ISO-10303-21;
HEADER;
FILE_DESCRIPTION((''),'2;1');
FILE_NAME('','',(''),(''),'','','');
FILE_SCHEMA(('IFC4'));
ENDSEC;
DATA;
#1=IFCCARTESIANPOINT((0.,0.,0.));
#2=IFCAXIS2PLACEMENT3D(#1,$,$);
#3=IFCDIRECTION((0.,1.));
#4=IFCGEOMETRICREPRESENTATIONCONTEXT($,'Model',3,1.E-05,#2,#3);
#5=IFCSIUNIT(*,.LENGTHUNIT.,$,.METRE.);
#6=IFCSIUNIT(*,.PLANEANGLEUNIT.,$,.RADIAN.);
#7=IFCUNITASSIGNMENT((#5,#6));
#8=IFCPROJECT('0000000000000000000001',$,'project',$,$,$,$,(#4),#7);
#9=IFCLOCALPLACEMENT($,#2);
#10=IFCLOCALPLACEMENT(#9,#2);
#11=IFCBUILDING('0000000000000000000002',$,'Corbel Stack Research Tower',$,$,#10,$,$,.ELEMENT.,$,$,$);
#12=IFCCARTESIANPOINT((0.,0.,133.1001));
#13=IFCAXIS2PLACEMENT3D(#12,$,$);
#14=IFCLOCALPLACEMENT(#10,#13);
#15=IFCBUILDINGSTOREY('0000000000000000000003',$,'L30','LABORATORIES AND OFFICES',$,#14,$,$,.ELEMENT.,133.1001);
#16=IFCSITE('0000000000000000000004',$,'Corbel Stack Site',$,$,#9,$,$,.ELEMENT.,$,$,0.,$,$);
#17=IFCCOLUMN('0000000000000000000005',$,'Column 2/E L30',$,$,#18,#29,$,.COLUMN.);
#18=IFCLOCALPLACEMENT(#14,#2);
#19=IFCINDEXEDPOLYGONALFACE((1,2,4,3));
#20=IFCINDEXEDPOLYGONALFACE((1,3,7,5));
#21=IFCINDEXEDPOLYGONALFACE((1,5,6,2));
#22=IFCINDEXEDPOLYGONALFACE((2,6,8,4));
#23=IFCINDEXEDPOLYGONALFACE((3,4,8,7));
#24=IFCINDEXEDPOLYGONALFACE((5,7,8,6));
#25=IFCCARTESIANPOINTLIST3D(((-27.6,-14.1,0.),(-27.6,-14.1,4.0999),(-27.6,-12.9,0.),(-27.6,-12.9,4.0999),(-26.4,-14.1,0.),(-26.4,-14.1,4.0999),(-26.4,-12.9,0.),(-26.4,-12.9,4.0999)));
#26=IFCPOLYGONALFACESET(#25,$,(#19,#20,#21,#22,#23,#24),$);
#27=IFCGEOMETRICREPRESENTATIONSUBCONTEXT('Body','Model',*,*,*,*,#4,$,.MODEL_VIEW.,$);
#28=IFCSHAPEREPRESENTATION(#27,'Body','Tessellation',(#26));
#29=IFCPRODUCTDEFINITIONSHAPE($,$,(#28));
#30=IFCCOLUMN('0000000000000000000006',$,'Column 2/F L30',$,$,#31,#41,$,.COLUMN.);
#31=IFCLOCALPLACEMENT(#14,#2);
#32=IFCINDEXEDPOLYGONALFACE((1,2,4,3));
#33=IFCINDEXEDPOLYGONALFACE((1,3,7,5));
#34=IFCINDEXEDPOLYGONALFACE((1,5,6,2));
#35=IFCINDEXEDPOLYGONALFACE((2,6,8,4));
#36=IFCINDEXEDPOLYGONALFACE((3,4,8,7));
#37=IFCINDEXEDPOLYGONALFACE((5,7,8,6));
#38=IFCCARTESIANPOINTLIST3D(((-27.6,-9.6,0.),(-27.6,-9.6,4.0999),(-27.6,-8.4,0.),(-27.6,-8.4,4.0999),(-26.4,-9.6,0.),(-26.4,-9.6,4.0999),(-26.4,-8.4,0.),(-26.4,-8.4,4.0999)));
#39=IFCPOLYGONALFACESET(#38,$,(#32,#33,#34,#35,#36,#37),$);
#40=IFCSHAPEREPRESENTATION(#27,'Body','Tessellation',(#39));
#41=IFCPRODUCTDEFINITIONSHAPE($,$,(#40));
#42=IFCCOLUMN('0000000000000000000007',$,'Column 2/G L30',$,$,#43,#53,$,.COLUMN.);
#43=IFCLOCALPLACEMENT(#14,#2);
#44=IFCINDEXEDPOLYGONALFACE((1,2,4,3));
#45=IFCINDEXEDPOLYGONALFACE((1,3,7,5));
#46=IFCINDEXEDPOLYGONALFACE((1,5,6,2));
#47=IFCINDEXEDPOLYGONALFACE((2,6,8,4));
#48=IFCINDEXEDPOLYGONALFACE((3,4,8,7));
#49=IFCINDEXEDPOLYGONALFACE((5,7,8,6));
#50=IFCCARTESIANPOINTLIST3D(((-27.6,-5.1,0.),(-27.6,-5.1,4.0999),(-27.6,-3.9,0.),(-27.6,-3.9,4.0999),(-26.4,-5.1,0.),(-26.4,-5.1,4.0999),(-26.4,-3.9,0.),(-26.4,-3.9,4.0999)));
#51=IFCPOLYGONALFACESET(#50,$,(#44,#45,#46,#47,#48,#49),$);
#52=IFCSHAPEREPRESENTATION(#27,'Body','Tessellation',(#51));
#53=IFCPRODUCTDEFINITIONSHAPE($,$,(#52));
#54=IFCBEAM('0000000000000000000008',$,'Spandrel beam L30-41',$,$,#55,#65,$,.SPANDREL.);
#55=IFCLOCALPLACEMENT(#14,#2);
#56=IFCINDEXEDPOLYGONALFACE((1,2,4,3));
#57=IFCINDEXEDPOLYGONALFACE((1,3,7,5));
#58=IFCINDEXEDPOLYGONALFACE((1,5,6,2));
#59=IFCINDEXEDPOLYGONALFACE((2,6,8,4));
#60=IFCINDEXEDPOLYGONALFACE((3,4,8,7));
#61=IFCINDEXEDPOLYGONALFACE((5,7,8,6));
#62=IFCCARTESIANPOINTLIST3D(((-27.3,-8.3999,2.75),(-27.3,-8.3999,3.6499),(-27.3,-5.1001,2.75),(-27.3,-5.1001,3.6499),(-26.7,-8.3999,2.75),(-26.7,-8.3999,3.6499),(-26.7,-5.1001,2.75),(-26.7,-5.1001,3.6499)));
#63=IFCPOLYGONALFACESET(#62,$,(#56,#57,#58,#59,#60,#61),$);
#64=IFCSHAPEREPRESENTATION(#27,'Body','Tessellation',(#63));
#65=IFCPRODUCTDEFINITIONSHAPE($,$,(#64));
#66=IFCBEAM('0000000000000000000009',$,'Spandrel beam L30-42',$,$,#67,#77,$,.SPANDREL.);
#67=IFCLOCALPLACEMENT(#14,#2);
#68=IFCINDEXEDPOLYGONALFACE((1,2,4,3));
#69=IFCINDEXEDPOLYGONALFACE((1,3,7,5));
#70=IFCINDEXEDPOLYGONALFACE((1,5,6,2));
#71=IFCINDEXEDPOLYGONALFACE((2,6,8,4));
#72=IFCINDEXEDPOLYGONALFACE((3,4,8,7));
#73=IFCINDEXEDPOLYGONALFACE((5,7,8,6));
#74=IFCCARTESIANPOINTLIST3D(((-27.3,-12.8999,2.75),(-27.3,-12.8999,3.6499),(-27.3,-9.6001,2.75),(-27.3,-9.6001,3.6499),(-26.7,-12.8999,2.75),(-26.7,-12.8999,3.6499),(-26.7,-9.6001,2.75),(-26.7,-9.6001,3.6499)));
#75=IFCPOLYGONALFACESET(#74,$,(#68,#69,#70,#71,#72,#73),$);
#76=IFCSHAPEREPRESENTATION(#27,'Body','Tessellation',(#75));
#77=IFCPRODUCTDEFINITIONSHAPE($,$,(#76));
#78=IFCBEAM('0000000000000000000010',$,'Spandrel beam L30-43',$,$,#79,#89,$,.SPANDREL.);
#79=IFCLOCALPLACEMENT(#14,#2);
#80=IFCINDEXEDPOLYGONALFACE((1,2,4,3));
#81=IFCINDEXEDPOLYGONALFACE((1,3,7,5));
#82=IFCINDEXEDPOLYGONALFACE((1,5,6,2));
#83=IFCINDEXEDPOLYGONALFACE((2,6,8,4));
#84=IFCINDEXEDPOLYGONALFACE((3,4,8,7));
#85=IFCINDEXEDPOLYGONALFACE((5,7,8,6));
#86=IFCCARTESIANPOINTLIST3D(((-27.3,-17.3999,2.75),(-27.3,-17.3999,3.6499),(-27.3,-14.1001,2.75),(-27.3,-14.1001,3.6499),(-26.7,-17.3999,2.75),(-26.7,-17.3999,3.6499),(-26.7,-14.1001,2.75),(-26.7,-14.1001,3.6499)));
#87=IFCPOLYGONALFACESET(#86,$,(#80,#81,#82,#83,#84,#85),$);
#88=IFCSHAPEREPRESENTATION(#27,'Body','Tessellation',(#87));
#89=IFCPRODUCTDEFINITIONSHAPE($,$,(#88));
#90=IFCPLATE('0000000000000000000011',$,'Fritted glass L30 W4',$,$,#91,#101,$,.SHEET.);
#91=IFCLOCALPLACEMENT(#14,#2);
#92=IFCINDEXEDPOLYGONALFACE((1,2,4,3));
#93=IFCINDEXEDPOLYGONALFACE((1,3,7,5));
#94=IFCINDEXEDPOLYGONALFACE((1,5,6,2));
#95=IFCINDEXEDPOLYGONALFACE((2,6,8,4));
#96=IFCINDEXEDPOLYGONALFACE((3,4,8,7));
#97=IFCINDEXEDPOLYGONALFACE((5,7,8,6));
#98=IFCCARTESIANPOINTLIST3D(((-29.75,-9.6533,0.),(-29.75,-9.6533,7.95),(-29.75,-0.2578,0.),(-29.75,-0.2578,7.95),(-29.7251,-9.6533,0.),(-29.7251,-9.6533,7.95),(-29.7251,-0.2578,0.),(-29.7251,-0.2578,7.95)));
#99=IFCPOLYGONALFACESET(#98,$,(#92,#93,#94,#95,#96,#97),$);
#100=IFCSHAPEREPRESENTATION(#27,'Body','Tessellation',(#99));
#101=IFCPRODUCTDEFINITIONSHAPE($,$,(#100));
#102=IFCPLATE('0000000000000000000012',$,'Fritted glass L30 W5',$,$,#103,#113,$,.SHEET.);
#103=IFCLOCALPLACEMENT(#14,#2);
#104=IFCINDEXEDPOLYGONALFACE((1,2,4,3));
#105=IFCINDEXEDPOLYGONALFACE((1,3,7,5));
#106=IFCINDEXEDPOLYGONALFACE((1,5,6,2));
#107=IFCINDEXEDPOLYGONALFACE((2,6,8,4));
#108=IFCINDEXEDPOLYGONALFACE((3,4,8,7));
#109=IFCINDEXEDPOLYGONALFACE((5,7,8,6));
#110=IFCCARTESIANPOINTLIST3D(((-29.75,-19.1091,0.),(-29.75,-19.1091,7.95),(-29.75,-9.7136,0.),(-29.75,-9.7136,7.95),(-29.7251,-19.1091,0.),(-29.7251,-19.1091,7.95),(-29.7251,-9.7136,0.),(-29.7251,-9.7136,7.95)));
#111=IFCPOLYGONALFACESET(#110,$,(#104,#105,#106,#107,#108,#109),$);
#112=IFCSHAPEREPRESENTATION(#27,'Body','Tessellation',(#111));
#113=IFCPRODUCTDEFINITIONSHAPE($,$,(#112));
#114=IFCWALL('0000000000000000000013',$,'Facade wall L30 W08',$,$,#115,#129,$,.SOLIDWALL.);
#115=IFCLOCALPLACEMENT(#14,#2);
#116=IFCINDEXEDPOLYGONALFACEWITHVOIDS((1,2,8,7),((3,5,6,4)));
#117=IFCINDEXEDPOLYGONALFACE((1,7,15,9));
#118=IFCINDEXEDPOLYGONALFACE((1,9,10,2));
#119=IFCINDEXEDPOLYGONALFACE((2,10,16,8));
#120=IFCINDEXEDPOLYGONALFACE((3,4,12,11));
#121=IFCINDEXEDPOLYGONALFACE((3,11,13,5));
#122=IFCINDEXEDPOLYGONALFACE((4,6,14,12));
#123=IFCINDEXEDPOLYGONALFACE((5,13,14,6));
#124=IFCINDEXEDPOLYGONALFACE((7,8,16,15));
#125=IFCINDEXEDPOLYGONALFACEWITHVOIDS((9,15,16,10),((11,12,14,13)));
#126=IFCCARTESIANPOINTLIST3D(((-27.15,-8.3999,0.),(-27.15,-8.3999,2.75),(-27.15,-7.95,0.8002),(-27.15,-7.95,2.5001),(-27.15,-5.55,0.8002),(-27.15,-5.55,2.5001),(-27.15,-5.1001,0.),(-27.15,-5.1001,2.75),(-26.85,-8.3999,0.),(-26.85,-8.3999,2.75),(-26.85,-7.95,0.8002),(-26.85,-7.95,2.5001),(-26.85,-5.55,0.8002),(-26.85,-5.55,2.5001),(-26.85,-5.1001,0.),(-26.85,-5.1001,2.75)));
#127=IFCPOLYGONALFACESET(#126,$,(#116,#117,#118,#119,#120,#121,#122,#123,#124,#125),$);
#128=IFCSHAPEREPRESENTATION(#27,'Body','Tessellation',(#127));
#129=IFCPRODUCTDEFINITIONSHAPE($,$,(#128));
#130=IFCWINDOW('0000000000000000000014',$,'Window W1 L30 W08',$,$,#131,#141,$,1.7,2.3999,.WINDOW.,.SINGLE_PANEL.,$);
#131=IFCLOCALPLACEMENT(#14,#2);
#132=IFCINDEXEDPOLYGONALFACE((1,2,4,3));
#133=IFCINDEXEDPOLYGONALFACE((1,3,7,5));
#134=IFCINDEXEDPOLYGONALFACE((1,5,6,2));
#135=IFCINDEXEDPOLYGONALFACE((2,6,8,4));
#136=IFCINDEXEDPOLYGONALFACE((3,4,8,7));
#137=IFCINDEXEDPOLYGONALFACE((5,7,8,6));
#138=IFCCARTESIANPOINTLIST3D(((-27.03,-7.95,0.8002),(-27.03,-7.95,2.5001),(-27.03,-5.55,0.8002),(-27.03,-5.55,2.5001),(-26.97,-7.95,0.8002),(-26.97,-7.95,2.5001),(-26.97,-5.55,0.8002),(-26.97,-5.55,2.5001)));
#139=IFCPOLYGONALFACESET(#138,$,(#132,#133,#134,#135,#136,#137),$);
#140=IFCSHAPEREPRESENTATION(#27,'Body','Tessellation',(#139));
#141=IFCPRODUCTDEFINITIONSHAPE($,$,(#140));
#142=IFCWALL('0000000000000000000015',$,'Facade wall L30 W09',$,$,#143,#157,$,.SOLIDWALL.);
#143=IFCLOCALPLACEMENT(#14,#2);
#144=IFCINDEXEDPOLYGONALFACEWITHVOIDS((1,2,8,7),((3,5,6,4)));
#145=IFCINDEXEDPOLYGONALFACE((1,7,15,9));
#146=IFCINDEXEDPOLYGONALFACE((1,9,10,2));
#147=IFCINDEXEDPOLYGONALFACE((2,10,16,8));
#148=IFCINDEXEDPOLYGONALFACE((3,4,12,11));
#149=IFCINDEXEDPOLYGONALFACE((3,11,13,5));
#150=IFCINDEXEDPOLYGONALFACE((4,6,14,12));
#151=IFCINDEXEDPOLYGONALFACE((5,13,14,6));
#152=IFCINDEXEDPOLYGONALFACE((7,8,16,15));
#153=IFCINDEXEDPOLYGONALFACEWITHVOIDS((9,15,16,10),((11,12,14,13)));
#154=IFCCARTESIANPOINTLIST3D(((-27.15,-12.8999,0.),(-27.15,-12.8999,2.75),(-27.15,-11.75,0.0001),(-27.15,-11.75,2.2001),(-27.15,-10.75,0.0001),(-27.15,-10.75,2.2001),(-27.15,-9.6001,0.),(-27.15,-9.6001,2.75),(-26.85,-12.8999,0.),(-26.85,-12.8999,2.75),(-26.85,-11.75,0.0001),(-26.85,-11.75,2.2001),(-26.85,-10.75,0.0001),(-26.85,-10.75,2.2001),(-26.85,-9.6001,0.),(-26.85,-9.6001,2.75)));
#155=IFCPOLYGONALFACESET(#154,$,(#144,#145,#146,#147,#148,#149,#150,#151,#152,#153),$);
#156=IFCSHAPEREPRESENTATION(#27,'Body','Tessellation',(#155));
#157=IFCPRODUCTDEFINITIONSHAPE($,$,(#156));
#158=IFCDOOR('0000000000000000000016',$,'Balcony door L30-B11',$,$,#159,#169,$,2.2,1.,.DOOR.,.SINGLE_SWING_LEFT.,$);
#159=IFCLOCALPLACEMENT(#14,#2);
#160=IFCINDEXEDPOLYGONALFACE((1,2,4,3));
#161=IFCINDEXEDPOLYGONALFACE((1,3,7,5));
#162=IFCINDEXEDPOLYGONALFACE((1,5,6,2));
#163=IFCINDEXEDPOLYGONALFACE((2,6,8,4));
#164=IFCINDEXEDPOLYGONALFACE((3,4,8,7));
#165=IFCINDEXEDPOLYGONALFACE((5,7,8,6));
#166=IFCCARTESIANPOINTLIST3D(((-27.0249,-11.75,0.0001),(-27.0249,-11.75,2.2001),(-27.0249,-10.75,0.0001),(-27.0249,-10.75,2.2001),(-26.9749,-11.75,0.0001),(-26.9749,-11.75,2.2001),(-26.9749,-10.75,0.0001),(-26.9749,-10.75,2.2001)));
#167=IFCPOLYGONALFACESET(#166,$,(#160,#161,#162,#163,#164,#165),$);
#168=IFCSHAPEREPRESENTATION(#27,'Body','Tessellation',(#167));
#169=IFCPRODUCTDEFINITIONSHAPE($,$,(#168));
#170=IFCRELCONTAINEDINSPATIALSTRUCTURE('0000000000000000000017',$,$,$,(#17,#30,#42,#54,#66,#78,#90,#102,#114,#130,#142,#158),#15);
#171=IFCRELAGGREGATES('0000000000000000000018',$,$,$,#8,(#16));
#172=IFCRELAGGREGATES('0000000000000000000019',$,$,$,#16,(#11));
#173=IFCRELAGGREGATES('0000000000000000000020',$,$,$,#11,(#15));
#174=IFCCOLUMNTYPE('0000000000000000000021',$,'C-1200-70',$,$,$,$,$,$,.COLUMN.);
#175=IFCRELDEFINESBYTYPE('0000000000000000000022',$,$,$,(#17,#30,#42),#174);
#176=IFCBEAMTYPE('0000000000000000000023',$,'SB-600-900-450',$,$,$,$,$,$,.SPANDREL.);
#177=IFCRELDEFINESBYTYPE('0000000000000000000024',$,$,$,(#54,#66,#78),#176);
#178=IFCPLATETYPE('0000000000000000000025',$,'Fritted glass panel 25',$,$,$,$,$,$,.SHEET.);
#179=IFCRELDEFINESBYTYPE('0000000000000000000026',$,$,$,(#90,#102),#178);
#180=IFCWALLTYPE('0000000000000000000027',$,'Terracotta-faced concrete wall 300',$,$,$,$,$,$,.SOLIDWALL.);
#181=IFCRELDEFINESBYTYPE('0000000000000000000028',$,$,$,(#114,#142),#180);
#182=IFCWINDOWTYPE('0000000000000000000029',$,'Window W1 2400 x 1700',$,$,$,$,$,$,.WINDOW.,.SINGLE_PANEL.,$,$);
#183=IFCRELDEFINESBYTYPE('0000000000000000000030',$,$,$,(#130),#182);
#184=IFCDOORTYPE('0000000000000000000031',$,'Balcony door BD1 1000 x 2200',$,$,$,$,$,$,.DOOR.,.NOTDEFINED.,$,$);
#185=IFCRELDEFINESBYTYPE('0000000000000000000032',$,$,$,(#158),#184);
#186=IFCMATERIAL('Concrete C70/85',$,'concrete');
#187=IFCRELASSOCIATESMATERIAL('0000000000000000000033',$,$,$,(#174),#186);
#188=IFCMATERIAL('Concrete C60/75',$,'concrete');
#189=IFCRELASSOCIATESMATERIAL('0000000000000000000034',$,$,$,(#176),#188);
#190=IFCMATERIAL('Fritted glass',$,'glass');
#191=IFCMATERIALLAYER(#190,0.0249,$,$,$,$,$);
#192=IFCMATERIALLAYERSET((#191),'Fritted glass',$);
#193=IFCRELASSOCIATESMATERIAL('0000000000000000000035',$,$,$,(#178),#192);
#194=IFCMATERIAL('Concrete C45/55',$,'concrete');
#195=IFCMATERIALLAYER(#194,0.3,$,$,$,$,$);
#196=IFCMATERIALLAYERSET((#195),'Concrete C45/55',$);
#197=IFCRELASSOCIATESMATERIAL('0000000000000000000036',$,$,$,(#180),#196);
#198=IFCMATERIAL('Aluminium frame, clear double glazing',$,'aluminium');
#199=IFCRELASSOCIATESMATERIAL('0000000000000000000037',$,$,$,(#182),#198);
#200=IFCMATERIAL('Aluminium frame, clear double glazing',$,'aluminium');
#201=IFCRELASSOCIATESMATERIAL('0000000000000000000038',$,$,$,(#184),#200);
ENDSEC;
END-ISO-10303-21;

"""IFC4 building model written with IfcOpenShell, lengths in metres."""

from ifc_helpers import new_model, si_unit, direction, frame, frame_2d, origin, origin_2d, place, context, subcontext, project, spatial, rectangle, extrude, material, layer, layer_set, material_profile, profile_set, type_object, element, fill, save


model = new_model("IFC4")

# Units and contexts
model_context = context("Model", 3, precision=1e-05, world=origin(), true_north=direction((0.0, 1.0)))
body_context = subcontext(model_context, "Body", "Model", "MODEL_VIEW")
ifc_project = project(units=[si_unit("LENGTHUNIT", "METRE"), si_unit("PLANEANGLEUNIT", "RADIAN")], contexts=[model_context])

# Site, building, storey
site_placement = place(None, origin())
site = spatial("IfcSite", under=ifc_project, at=site_placement, Name="Corbel Stack Site", CompositionType="ELEMENT", RefElevation=0.0)
building_placement = place(site_placement, origin())
building = spatial("IfcBuilding", under=site, at=building_placement, Name="Corbel Stack Research Tower", CompositionType="ELEMENT")
storey_placement = place(building_placement, frame((0.0, 0.0, 133.1001)))
storey = spatial("IfcBuildingStorey", under=building, at=storey_placement, Name="L30", Description="LABORATORIES AND OFFICES", CompositionType="ELEMENT", Elevation=133.1001)

# Columns
ifc_material_1 = material(Name="Concrete C70/85", Category="concrete")
ifc_material_profile_1 = material_profile(ifc_material_1, rectangle(XDim=1.2, YDim=1.2, at=origin_2d()), Name="RC 1200 x 1200")
ifc_profile_set_1 = profile_set([ifc_material_profile_1], Name="Concrete C70/85")
column_type = type_object("IfcColumnType", Name="C-1200-70", PredefinedType="COLUMN", material=ifc_profile_set_1)
for number, where, z_axis, x_axis, name in (
    (1, (-27.0, -13.5, 0.0), (0.0, 0.0, 1.0), (1.0, 0.0, 0.0), "Column 2/E L30"),
    (2, (-27.0, -9.0, 0.0), (0.0, 0.0, 1.0), (1.0, 0.0, 0.0), "Column 2/F L30"),
    (3, (-27.0, -4.5, 0.0), (0.0, 0.0, 1.0), (1.0, 0.0, 0.0), "Column 2/G L30"),
):
    element("IfcColumn", number, at=place(storey_placement, frame(where, z_axis=z_axis, x_axis=x_axis)), inside=storey, type_object=column_type, Name=name, PredefinedType="COLUMN", context=body_context, shape_type="SweptSolid", body=[
        extrude(rectangle(XDim=1.2, YDim=1.2, at=origin_2d()), origin(), (0.0, 0.0, 1.0), 4.0999),
    ])

# Beams
ifc_material_2 = material(Name="Concrete C60/75", Category="concrete")
ifc_material_profile_2 = material_profile(ifc_material_2, rectangle(XDim=0.6001, YDim=0.8999, at=origin_2d()), Name="RC 600 x 900")
ifc_profile_set_2 = profile_set([ifc_material_profile_2], Name="Concrete C60/75")
beam_type = type_object("IfcBeamType", Name="SB-600-900-450", PredefinedType="SPANDREL", material=ifc_profile_set_2)
for number, where, z_axis, x_axis, name in (
    (4, (-27.0, -5.1001, 3.2), (0.0, -1.0, 0.0), (1.0, 0.0, 0.0), "Spandrel beam L30-41"),
    (5, (-27.0, -9.6001, 3.2), (0.0, -1.0, 0.0), (1.0, 0.0, 0.0), "Spandrel beam L30-42"),
    (6, (-27.0, -14.1001, 3.2), (0.0, -1.0, 0.0), (1.0, 0.0, 0.0), "Spandrel beam L30-43"),
):
    element("IfcBeam", number, at=place(storey_placement, frame(where, z_axis=z_axis, x_axis=x_axis)), inside=storey, type_object=beam_type, Name=name, PredefinedType="SPANDREL", context=body_context, shape_type="SweptSolid", body=[
        extrude(rectangle(XDim=0.6001, YDim=0.8999, at=origin_2d()), origin(), (0.0, 0.0, 1.0), 3.2998),
    ])

# Plates
ifc_material_3 = material(Name="Fritted glass", Category="glass")
ifc_layer_1 = layer(ifc_material_3, 0.0249)
ifc_layer_set_1 = layer_set([ifc_layer_1], Name="Fritted glass")
plate_type = type_object("IfcPlateType", Name="Fritted glass panel 25", PredefinedType="SHEET", material=ifc_layer_set_1)
for number, where, z_axis, x_axis, name in (
    (7, (-29.7375, -4.9556, 0.0), (0.0, 0.0, 1.0), (0.0, -1.0, 0.0), "Fritted glass L30 W4"),
    (8, (-29.7375, -14.4114, 0.0), (0.0, 0.0, 1.0), (0.0, -1.0, 0.0), "Fritted glass L30 W5"),
):
    element("IfcPlate", number, at=place(storey_placement, frame(where, z_axis=z_axis, x_axis=x_axis)), inside=storey, type_object=plate_type, Name=name, PredefinedType="SHEET", context=body_context, shape_type="SweptSolid", body=[
        extrude(rectangle(XDim=9.3955, YDim=0.0249, at=origin_2d()), origin(), (0.0, 0.0, 1.0), 7.95),
    ])

# Wall, opening, window
ifc_material_4 = material(Name="Concrete C45/55", Category="concrete")
ifc_layer_2 = layer(ifc_material_4, 0.3)
ifc_layer_set_2 = layer_set([ifc_layer_2], Name="Concrete C45/55")
wall_type = type_object("IfcWallType", Name="Terracotta-faced concrete wall 300", PredefinedType="SOLIDWALL", material=ifc_layer_set_2)
wall_1_placement = place(storey_placement, frame((-27.0, -8.3999, 0.0), z_axis=(0.0, 0.0, 1.0), x_axis=(0.0, 1.0, 0.0)))
wall_1 = element("IfcWall", 9, at=wall_1_placement, inside=storey, type_object=wall_type, Name="Facade wall L30 W08", PredefinedType="SOLIDWALL", context=body_context, shape_type="SweptSolid", body=[
    extrude(rectangle(XDim=3.2998, YDim=0.3, at=frame_2d((1.6499, 0.0))), origin(), (0.0, 0.0, 1.0), 2.75),
])
opening_1_placement = place(wall_1_placement, frame((0.45, 0.0, 0.8)))
opening_1 = element("IfcOpeningElement", 10, at=opening_1_placement, cuts=wall_1, PredefinedType="OPENING", context=body_context, shape_type="SweptSolid", body=[
    extrude(rectangle(XDim=2.3999, YDim=1.7, at=frame_2d((1.2, 0.8501))), frame((0.0, 0.1599, 0.0), z_axis=(0.0, -1.0, 0.0), x_axis=(1.0, 0.0, 0.0)), (0.0, 0.0, 1.0), 0.3201),
])
ifc_material_5 = material(Name="Aluminium frame, clear double glazing", Category="aluminium")
window_type = type_object("IfcWindowType", Name="Window W1 2400 x 1700", PartitioningType="SINGLE_PANEL", PredefinedType="WINDOW", material=ifc_material_5)
window_placement = place(opening_1_placement, origin())
window = element("IfcWindow", 11, at=window_placement, inside=storey, type_object=window_type, Name="Window W1 L30 W08", OverallHeight=1.7, OverallWidth=2.3999, PartitioningType="SINGLE_PANEL", PredefinedType="WINDOW", context=body_context, shape_type="SweptSolid", body=[
    extrude(rectangle(XDim=2.3999, YDim=1.7, at=frame_2d((1.2, 0.8501))), frame((0.0, 0.03, 0.0), z_axis=(0.0, -1.0, 0.0), x_axis=(1.0, 0.0, 0.0)), (0.0, 0.0, 1.0), 0.0601),
])
fill(opening_1, window)

# Wall, opening, door
wall_2_placement = place(storey_placement, frame((-27.0, -12.8999, 0.0), z_axis=(0.0, 0.0, 1.0), x_axis=(0.0, 1.0, 0.0)))
wall_2 = element("IfcWall", 12, at=wall_2_placement, inside=storey, type_object=wall_type, Name="Facade wall L30 W09", PredefinedType="SOLIDWALL", context=body_context, shape_type="SweptSolid", body=[
    extrude(rectangle(XDim=3.2998, YDim=0.3, at=frame_2d((1.6499, 0.0))), origin(), (0.0, 0.0, 1.0), 2.75),
])
opening_2_placement = place(wall_2_placement, frame((1.1499, 0.0, 0.0)))
opening_2 = element("IfcOpeningElement", 13, at=opening_2_placement, cuts=wall_2, PredefinedType="OPENING", context=body_context, shape_type="SweptSolid", body=[
    extrude(rectangle(XDim=1.0, YDim=2.2, at=frame_2d((0.5, 1.1001))), frame((0.0, 0.1599, 0.0), z_axis=(0.0, -1.0, 0.0), x_axis=(1.0, 0.0, 0.0)), (0.0, 0.0, 1.0), 0.3201),
])
ifc_material_6 = material(Name="Aluminium frame, clear double glazing", Category="aluminium")
door_type = type_object("IfcDoorType", Name="Balcony door BD1 1000 x 2200", OperationType="NOTDEFINED", PredefinedType="DOOR", material=ifc_material_6)
door_placement = place(opening_2_placement, origin())
door = element("IfcDoor", 14, at=door_placement, inside=storey, type_object=door_type, Name="Balcony door L30-B11", OperationType="SINGLE_SWING_LEFT", OverallHeight=2.2, OverallWidth=1.0, PredefinedType="DOOR", context=body_context, shape_type="SweptSolid", body=[
    extrude(rectangle(XDim=1.0, YDim=2.2, at=frame_2d((0.5, 1.1001))), frame((0.0, 0.0249, 0.0), z_axis=(0.0, -1.0, 0.0), x_axis=(1.0, 0.0, 0.0)), (0.0, 0.0, 1.0), 0.05),
])
fill(opening_2, door)

save(model, "model.ifc")
